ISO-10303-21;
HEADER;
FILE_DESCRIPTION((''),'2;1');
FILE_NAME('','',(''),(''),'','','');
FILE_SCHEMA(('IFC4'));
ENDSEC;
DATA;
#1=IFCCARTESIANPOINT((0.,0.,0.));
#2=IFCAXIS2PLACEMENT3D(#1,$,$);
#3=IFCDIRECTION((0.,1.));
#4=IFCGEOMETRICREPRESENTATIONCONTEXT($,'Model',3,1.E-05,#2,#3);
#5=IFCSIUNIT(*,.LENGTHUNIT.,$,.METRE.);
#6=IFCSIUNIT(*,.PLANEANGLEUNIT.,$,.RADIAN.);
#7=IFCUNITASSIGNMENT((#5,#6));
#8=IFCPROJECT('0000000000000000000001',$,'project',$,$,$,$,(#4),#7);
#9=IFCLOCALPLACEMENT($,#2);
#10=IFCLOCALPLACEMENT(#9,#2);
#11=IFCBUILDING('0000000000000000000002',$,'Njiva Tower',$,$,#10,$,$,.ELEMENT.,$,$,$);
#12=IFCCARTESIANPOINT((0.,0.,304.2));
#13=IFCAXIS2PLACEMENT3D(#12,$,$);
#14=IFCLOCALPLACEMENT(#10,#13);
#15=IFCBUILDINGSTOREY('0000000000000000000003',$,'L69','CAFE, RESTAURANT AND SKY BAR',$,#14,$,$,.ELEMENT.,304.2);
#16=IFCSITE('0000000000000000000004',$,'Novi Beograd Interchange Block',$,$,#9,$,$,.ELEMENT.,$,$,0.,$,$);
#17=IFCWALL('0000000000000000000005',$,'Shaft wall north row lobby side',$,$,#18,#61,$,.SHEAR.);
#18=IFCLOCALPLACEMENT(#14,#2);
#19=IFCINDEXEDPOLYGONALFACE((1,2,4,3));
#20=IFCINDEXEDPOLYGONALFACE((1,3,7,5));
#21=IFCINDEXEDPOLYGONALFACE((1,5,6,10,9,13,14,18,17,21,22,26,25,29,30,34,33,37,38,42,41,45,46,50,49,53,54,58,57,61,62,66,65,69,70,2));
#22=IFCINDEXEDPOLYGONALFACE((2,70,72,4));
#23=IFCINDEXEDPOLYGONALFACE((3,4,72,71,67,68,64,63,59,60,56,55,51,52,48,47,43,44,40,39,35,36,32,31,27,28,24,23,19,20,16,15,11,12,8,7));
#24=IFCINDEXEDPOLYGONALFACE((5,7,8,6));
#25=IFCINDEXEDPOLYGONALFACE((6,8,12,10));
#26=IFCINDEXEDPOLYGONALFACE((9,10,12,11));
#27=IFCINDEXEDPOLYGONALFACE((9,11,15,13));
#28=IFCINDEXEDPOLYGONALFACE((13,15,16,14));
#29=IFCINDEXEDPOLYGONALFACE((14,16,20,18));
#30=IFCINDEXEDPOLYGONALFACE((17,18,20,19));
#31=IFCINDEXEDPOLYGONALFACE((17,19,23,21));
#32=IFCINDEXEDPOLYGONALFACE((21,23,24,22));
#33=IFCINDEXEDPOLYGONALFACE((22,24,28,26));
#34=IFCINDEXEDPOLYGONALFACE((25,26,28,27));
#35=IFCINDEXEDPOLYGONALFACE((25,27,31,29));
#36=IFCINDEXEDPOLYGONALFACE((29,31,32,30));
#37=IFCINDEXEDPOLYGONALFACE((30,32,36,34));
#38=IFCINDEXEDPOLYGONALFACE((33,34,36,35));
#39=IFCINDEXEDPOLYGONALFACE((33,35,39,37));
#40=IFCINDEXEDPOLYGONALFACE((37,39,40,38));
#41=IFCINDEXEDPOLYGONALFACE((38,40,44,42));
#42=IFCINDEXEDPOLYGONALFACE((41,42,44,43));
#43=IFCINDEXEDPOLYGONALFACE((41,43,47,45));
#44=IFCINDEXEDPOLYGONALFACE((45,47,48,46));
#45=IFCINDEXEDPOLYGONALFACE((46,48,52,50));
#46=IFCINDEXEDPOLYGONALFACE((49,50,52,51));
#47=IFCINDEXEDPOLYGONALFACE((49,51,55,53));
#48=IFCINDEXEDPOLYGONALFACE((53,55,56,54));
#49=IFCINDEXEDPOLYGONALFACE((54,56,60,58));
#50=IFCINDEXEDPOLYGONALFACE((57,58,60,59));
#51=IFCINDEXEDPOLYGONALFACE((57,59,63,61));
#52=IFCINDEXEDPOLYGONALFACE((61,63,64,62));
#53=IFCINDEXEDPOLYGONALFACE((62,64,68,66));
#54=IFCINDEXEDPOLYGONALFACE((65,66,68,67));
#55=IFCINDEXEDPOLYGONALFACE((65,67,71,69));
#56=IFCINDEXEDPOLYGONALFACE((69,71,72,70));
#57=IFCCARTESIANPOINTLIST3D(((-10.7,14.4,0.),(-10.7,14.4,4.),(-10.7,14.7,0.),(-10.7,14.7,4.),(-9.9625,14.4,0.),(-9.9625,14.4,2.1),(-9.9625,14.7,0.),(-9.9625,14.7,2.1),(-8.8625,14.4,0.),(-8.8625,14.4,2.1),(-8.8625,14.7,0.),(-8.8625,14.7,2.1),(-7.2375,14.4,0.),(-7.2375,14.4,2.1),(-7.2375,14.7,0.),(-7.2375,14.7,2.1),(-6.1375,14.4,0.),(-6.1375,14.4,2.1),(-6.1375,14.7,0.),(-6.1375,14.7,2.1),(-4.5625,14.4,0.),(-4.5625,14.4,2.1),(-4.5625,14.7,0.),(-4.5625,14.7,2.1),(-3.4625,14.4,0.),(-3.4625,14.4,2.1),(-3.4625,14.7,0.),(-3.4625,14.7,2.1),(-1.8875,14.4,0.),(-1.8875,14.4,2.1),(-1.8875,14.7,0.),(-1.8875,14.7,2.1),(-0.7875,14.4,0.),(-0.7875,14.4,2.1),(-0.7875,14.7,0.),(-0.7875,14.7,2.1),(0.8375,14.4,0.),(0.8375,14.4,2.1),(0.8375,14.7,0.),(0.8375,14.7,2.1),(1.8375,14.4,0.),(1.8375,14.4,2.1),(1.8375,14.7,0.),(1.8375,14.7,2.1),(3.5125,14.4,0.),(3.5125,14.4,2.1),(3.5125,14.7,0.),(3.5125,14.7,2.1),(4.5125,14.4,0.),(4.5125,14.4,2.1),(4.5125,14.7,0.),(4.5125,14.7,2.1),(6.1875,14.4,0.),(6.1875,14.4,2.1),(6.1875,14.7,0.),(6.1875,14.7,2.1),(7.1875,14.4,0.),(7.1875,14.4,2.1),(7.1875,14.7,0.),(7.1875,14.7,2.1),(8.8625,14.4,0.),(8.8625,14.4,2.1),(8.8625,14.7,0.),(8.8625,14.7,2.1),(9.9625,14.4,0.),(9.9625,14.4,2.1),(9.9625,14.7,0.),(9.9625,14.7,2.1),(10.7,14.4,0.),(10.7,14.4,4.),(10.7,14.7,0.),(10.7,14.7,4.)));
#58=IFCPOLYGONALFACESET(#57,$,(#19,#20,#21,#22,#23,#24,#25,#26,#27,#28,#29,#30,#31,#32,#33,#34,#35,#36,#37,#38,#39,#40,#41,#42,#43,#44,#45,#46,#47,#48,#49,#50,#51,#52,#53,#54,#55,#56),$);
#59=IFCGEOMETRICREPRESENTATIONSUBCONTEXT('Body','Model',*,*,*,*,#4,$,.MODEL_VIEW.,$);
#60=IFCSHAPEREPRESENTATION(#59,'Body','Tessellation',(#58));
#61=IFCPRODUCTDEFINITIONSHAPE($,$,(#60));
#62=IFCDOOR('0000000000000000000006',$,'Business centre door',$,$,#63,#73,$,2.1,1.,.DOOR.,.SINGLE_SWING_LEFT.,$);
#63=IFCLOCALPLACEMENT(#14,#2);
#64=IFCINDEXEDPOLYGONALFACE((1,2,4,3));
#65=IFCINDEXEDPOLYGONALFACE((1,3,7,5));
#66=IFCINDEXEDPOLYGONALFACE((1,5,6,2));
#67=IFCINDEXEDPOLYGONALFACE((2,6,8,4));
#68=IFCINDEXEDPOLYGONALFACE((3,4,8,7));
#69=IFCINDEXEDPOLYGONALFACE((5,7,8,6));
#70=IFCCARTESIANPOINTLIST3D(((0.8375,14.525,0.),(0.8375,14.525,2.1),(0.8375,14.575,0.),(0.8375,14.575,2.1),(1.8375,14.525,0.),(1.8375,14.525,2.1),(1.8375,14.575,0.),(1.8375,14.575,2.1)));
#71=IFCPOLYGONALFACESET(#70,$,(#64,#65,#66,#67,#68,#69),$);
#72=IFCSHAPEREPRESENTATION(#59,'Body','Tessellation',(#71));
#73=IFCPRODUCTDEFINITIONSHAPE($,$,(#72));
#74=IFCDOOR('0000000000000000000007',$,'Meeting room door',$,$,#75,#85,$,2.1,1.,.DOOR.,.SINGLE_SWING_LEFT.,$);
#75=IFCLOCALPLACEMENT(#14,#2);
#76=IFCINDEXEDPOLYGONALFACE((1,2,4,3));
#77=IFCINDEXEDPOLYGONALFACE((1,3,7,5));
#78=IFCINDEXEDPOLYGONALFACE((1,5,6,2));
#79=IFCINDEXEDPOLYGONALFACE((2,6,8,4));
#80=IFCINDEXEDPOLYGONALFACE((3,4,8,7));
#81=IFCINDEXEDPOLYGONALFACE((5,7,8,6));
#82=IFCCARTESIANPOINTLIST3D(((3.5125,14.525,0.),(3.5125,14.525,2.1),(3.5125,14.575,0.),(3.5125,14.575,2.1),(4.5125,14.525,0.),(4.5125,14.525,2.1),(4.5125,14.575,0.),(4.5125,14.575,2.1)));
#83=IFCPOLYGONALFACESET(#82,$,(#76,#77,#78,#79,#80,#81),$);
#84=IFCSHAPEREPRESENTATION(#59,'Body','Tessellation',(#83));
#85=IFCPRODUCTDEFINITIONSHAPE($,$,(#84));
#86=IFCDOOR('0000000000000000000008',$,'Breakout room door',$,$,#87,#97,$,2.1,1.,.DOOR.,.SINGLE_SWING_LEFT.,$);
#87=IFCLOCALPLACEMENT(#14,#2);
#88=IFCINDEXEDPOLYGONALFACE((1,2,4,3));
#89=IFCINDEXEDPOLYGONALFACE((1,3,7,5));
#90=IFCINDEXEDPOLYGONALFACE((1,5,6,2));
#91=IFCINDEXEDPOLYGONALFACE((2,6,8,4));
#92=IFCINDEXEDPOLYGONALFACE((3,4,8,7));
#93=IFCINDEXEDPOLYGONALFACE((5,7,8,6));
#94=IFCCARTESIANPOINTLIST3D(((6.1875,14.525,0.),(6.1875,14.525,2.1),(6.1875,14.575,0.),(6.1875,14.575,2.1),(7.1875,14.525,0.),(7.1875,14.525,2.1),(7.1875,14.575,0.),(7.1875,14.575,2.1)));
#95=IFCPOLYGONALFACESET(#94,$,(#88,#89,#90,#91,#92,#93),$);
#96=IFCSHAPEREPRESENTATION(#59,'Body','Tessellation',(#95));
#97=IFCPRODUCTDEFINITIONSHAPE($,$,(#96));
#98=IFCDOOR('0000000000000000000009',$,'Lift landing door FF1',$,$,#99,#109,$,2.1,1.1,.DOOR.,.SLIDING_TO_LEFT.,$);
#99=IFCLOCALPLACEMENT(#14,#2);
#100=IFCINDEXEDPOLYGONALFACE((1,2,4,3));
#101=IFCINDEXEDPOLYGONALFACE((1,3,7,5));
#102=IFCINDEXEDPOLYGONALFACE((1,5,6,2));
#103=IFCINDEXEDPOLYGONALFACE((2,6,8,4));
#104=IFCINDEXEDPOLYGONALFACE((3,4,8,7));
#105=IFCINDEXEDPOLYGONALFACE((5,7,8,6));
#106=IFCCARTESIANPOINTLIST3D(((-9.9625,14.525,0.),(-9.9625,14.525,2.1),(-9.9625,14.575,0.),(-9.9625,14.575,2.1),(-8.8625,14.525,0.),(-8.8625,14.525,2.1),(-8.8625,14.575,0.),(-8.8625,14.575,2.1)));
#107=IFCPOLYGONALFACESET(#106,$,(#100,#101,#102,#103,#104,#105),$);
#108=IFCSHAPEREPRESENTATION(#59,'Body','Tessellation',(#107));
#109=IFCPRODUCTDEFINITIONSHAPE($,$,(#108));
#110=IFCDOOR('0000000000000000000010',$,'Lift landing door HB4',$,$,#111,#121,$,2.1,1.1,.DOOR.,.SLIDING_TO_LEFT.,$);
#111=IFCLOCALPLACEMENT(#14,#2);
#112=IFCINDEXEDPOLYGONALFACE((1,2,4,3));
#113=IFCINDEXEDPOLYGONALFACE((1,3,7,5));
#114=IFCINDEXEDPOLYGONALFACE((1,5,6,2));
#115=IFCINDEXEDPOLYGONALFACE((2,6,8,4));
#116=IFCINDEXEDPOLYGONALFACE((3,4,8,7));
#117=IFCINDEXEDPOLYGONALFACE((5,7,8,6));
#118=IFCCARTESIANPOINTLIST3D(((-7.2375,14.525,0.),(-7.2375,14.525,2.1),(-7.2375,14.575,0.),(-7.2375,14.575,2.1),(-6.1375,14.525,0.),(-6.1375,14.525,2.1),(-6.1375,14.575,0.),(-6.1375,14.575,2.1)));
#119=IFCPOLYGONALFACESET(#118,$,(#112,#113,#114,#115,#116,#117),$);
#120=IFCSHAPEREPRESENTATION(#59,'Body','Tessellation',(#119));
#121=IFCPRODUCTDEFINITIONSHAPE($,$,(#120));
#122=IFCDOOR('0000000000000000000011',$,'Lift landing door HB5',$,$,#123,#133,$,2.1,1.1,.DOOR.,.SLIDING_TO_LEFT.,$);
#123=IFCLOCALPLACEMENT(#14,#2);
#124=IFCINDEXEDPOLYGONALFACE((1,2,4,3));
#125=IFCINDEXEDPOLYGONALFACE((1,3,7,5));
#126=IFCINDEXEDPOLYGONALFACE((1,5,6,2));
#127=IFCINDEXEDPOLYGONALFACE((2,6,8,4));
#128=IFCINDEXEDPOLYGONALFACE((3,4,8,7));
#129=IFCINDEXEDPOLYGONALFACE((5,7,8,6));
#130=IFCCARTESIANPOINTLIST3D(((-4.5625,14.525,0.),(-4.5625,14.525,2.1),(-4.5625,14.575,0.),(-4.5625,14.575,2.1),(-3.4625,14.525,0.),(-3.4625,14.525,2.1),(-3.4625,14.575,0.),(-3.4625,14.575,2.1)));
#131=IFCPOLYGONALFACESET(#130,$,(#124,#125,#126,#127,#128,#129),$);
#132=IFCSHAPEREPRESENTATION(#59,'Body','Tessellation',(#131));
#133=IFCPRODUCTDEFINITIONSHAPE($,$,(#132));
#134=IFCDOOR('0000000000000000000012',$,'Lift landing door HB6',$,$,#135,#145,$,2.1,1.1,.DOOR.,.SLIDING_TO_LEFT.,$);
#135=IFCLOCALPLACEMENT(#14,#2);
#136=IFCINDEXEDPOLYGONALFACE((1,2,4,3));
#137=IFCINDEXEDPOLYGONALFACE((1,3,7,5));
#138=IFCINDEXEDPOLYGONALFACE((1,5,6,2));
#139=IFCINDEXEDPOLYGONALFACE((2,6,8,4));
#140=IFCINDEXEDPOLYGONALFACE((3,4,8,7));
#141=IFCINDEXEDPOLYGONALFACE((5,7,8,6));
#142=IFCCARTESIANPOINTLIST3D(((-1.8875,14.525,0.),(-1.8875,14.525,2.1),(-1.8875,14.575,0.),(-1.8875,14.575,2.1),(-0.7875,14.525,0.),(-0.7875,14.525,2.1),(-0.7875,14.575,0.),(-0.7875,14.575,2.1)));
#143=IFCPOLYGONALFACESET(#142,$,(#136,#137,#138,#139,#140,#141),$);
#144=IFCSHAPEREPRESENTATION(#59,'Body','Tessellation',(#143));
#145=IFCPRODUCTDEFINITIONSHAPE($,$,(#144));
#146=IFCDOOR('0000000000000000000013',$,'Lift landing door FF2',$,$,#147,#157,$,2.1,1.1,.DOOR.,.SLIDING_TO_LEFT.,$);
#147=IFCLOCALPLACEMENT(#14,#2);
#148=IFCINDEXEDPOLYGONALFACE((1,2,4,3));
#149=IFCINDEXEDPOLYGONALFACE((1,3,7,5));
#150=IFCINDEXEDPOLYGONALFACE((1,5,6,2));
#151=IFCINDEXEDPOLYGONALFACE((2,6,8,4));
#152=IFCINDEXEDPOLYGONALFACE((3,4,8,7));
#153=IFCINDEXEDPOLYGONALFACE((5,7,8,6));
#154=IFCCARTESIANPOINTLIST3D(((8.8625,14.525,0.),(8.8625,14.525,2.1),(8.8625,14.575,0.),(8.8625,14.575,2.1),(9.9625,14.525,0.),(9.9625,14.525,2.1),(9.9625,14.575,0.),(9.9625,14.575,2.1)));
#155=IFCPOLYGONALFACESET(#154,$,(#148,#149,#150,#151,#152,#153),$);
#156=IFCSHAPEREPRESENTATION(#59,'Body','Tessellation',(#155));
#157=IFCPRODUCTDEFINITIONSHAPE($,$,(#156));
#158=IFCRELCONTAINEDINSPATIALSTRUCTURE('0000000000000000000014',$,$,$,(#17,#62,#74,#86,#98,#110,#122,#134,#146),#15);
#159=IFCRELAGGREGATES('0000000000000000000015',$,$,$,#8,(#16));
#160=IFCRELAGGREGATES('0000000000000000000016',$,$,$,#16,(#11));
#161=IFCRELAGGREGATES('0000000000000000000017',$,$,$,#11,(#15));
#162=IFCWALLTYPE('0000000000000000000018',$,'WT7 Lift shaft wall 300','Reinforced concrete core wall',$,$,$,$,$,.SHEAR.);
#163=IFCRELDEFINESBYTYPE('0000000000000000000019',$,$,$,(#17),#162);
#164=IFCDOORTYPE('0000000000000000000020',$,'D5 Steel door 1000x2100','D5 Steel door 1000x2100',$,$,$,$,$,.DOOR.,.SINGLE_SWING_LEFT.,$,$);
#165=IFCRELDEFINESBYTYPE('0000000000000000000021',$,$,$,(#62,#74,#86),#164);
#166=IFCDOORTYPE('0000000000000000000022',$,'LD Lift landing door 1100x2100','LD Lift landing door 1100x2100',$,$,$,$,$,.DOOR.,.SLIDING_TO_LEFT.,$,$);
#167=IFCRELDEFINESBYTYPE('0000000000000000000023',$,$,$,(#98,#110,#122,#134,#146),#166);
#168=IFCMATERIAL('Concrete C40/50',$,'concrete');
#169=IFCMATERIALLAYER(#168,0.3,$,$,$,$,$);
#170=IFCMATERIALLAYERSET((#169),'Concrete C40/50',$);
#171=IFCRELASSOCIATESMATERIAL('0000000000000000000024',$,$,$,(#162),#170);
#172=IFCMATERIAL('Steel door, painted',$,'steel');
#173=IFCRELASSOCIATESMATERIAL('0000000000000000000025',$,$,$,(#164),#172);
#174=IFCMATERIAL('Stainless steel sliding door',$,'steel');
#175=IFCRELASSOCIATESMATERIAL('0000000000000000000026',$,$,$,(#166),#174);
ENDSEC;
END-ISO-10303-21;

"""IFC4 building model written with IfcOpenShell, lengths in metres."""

from ifc_helpers import new_model, si_unit, direction, frame, frame_2d, origin, place, context, subcontext, project, spatial, rectangle, extrude, material, layer, layer_set, type_object, element, fill, save


model = new_model("IFC4")

# Units and contexts
model_context = context("Model", 3, precision=1e-05, world=origin(), true_north=direction((0.0, 1.0)))
body_context = subcontext(model_context, "Body", "Model", "MODEL_VIEW")
ifc_project = project(units=[si_unit("LENGTHUNIT", "METRE"), si_unit("PLANEANGLEUNIT", "RADIAN")], contexts=[model_context])

# Site, building, storey
site_placement = place(None, origin())
site = spatial("IfcSite", under=ifc_project, at=site_placement, Name="Novi Beograd Interchange Block", CompositionType="ELEMENT", RefElevation=0.0)
building_placement = place(site_placement, origin())
building = spatial("IfcBuilding", under=site, at=building_placement, Name="Njiva Tower", CompositionType="ELEMENT")
storey_placement = place(building_placement, frame((0.0, 0.0, 304.2)))
storey = spatial("IfcBuildingStorey", under=building, at=storey_placement, Name="L69", Description="CAFE, RESTAURANT AND SKY BAR", CompositionType="ELEMENT", Elevation=304.2)

# Shared definitions
ifc_material_1 = material(Name="Concrete C40/50", Category="concrete")

# Wall, openings, doors
ifc_layer_1 = layer(ifc_material_1, 0.3)
ifc_layer_set_1 = layer_set([ifc_layer_1], Name="Concrete C40/50")
wall_type_1 = type_object("IfcWallType", Name="WT7 Lift shaft wall 300", Description="Reinforced concrete core wall", PredefinedType="SHEAR", material=ifc_layer_set_1)
wall_1_placement = place(storey_placement, frame((-10.7, 14.55, 0.0), z_axis=(0.0, 0.0, 1.0), x_axis=(1.0, 0.0, 0.0)))
wall_1 = element("IfcWall", 1, at=wall_1_placement, inside=storey, type_object=wall_type_1, Name="Shaft wall north row lobby side", PredefinedType="SHEAR", context=body_context, shape_type="SweptSolid", body=[
    extrude(rectangle(XDim=21.4, YDim=0.3, at=frame_2d((10.7, 0.0))), origin(), (0.0, 0.0, 1.0), 4.0),
])
opening_1_placement = place(wall_1_placement, frame((0.7375, 0.0, 0.0)))
opening_1 = element("IfcOpeningElement", 2, at=opening_1_placement, cuts=wall_1, PredefinedType="OPENING", context=body_context, shape_type="SweptSolid", body=[
    extrude(rectangle(XDim=1.1, YDim=2.1, at=frame_2d((0.55, 1.05))), frame((0.0, 0.16, 0.0), z_axis=(0.0, -1.0, 0.0), x_axis=(1.0, 0.0, 0.0)), (0.0, 0.0, 1.0), 0.32),
])
opening_2_placement = place(wall_1_placement, frame((3.4625, 0.0, 0.0)))
opening_2 = element("IfcOpeningElement", 3, at=opening_2_placement, cuts=wall_1, PredefinedType="OPENING", context=body_context, shape_type="SweptSolid", body=[
    extrude(rectangle(XDim=1.1, YDim=2.1, at=frame_2d((0.55, 1.05))), frame((0.0, 0.16, 0.0), z_axis=(0.0, -1.0, 0.0), x_axis=(1.0, 0.0, 0.0)), (0.0, 0.0, 1.0), 0.32),
])
opening_3_placement = place(wall_1_placement, frame((6.1375, 0.0, 0.0)))
opening_3 = element("IfcOpeningElement", 4, at=opening_3_placement, cuts=wall_1, PredefinedType="OPENING", context=body_context, shape_type="SweptSolid", body=[
    extrude(rectangle(XDim=1.1, YDim=2.1, at=frame_2d((0.55, 1.05))), frame((0.0, 0.16, 0.0), z_axis=(0.0, -1.0, 0.0), x_axis=(1.0, 0.0, 0.0)), (0.0, 0.0, 1.0), 0.32),
])
opening_4_placement = place(wall_1_placement, frame((8.8125, 0.0, 0.0)))
opening_4 = element("IfcOpeningElement", 5, at=opening_4_placement, cuts=wall_1, PredefinedType="OPENING", context=body_context, shape_type="SweptSolid", body=[
    extrude(rectangle(XDim=1.1, YDim=2.1, at=frame_2d((0.55, 1.05))), frame((0.0, 0.16, 0.0), z_axis=(0.0, -1.0, 0.0), x_axis=(1.0, 0.0, 0.0)), (0.0, 0.0, 1.0), 0.32),
])
opening_5_placement = place(wall_1_placement, frame((19.5625, 0.0, 0.0)))
opening_5 = element("IfcOpeningElement", 6, at=opening_5_placement, cuts=wall_1, PredefinedType="OPENING", context=body_context, shape_type="SweptSolid", body=[
    extrude(rectangle(XDim=1.1, YDim=2.1, at=frame_2d((0.55, 1.05))), frame((0.0, 0.16, 0.0), z_axis=(0.0, -1.0, 0.0), x_axis=(1.0, 0.0, 0.0)), (0.0, 0.0, 1.0), 0.32),
])
opening_6_placement = place(wall_1_placement, frame((11.5375, 0.0, 0.0)))
opening_6 = element("IfcOpeningElement", 7, at=opening_6_placement, cuts=wall_1, PredefinedType="OPENING", context=body_context, shape_type="SweptSolid", body=[
    extrude(rectangle(XDim=1.0, YDim=2.1, at=frame_2d((0.5, 1.05))), frame((0.0, 0.16, 0.0), z_axis=(0.0, -1.0, 0.0), x_axis=(1.0, 0.0, 0.0)), (0.0, 0.0, 1.0), 0.32),
])
opening_7_placement = place(wall_1_placement, frame((14.2125, 0.0, 0.0)))
opening_7 = element("IfcOpeningElement", 8, at=opening_7_placement, cuts=wall_1, PredefinedType="OPENING", context=body_context, shape_type="SweptSolid", body=[
    extrude(rectangle(XDim=1.0, YDim=2.1, at=frame_2d((0.5, 1.05))), frame((0.0, 0.16, 0.0), z_axis=(0.0, -1.0, 0.0), x_axis=(1.0, 0.0, 0.0)), (0.0, 0.0, 1.0), 0.32),
])
opening_8_placement = place(wall_1_placement, frame((16.8875, 0.0, 0.0)))
opening_8 = element("IfcOpeningElement", 9, at=opening_8_placement, cuts=wall_1, PredefinedType="OPENING", context=body_context, shape_type="SweptSolid", body=[
    extrude(rectangle(XDim=1.0, YDim=2.1, at=frame_2d((0.5, 1.05))), frame((0.0, 0.16, 0.0), z_axis=(0.0, -1.0, 0.0), x_axis=(1.0, 0.0, 0.0)), (0.0, 0.0, 1.0), 0.32),
])
ifc_material_2 = material(Name="Steel door, painted", Category="steel")
door_type_1 = type_object("IfcDoorType", Name="D5 Steel door 1000x2100", Description="D5 Steel door 1000x2100", OperationType="SINGLE_SWING_LEFT", PredefinedType="DOOR", material=ifc_material_2)
door_1_placement = place(opening_6_placement, origin())
door_1 = element("IfcDoor", 10, at=door_1_placement, inside=storey, type_object=door_type_1, Name="Business centre door", OperationType="SINGLE_SWING_LEFT", OverallHeight=2.1, OverallWidth=1.0, PredefinedType="DOOR", context=body_context, shape_type="SweptSolid", body=[
    extrude(rectangle(XDim=1.0, YDim=2.1, at=frame_2d((0.5, 1.05))), frame((0.0, 0.025, 0.0), z_axis=(0.0, -1.0, 0.0), x_axis=(1.0, 0.0, 0.0)), (0.0, 0.0, 1.0), 0.05),
])
fill(opening_6, door_1)
door_2_placement = place(opening_7_placement, origin())
door_2 = element("IfcDoor", 11, at=door_2_placement, inside=storey, type_object=door_type_1, Name="Meeting room door", OperationType="SINGLE_SWING_LEFT", OverallHeight=2.1, OverallWidth=1.0, PredefinedType="DOOR", context=body_context, shape_type="SweptSolid", body=[
    extrude(rectangle(XDim=1.0, YDim=2.1, at=frame_2d((0.5, 1.05))), frame((0.0, 0.025, 0.0), z_axis=(0.0, -1.0, 0.0), x_axis=(1.0, 0.0, 0.0)), (0.0, 0.0, 1.0), 0.05),
])
fill(opening_7, door_2)
door_3_placement = place(opening_8_placement, origin())
door_3 = element("IfcDoor", 12, at=door_3_placement, inside=storey, type_object=door_type_1, Name="Breakout room door", OperationType="SINGLE_SWING_LEFT", OverallHeight=2.1, OverallWidth=1.0, PredefinedType="DOOR", context=body_context, shape_type="SweptSolid", body=[
    extrude(rectangle(XDim=1.0, YDim=2.1, at=frame_2d((0.5, 1.05))), frame((0.0, 0.025, 0.0), z_axis=(0.0, -1.0, 0.0), x_axis=(1.0, 0.0, 0.0)), (0.0, 0.0, 1.0), 0.05),
])
fill(opening_8, door_3)
ifc_material_3 = material(Name="Stainless steel sliding door", Category="steel")
door_type_2 = type_object("IfcDoorType", Name="LD Lift landing door 1100x2100", Description="LD Lift landing door 1100x2100", OperationType="SLIDING_TO_LEFT", PredefinedType="DOOR", material=ifc_material_3)
door_4_placement = place(opening_1_placement, origin())
door_4 = element("IfcDoor", 13, at=door_4_placement, inside=storey, type_object=door_type_2, Name="Lift landing door FF1", OperationType="SLIDING_TO_LEFT", OverallHeight=2.1, OverallWidth=1.1, PredefinedType="DOOR", context=body_context, shape_type="SweptSolid", body=[
    extrude(rectangle(XDim=1.1, YDim=2.1, at=frame_2d((0.55, 1.05))), frame((0.0, 0.025, 0.0), z_axis=(0.0, -1.0, 0.0), x_axis=(1.0, 0.0, 0.0)), (0.0, 0.0, 1.0), 0.05),
])
fill(opening_1, door_4)
door_5_placement = place(opening_2_placement, origin())
door_5 = element("IfcDoor", 14, at=door_5_placement, inside=storey, type_object=door_type_2, Name="Lift landing door HB4", OperationType="SLIDING_TO_LEFT", OverallHeight=2.1, OverallWidth=1.1, PredefinedType="DOOR", context=body_context, shape_type="SweptSolid", body=[
    extrude(rectangle(XDim=1.1, YDim=2.1, at=frame_2d((0.55, 1.05))), frame((0.0, 0.025, 0.0), z_axis=(0.0, -1.0, 0.0), x_axis=(1.0, 0.0, 0.0)), (0.0, 0.0, 1.0), 0.05),
])
fill(opening_2, door_5)
door_6_placement = place(opening_3_placement, origin())
door_6 = element("IfcDoor", 15, at=door_6_placement, inside=storey, type_object=door_type_2, Name="Lift landing door HB5", OperationType="SLIDING_TO_LEFT", OverallHeight=2.1, OverallWidth=1.1, PredefinedType="DOOR", context=body_context, shape_type="SweptSolid", body=[
    extrude(rectangle(XDim=1.1, YDim=2.1, at=frame_2d((0.55, 1.05))), frame((0.0, 0.025, 0.0), z_axis=(0.0, -1.0, 0.0), x_axis=(1.0, 0.0, 0.0)), (0.0, 0.0, 1.0), 0.05),
])
fill(opening_3, door_6)
door_7_placement = place(opening_4_placement, origin())
door_7 = element("IfcDoor", 16, at=door_7_placement, inside=storey, type_object=door_type_2, Name="Lift landing door HB6", OperationType="SLIDING_TO_LEFT", OverallHeight=2.1, OverallWidth=1.1, PredefinedType="DOOR", context=body_context, shape_type="SweptSolid", body=[
    extrude(rectangle(XDim=1.1, YDim=2.1, at=frame_2d((0.55, 1.05))), frame((0.0, 0.025, 0.0), z_axis=(0.0, -1.0, 0.0), x_axis=(1.0, 0.0, 0.0)), (0.0, 0.0, 1.0), 0.05),
])
fill(opening_4, door_7)
door_8_placement = place(opening_5_placement, origin())
door_8 = element("IfcDoor", 17, at=door_8_placement, inside=storey, type_object=door_type_2, Name="Lift landing door FF2", OperationType="SLIDING_TO_LEFT", OverallHeight=2.1, OverallWidth=1.1, PredefinedType="DOOR", context=body_context, shape_type="SweptSolid", body=[
    extrude(rectangle(XDim=1.1, YDim=2.1, at=frame_2d((0.55, 1.05))), frame((0.0, 0.025, 0.0), z_axis=(0.0, -1.0, 0.0), x_axis=(1.0, 0.0, 0.0)), (0.0, 0.0, 1.0), 0.05),
])
fill(opening_5, door_8)

save(model, "model.ifc")
